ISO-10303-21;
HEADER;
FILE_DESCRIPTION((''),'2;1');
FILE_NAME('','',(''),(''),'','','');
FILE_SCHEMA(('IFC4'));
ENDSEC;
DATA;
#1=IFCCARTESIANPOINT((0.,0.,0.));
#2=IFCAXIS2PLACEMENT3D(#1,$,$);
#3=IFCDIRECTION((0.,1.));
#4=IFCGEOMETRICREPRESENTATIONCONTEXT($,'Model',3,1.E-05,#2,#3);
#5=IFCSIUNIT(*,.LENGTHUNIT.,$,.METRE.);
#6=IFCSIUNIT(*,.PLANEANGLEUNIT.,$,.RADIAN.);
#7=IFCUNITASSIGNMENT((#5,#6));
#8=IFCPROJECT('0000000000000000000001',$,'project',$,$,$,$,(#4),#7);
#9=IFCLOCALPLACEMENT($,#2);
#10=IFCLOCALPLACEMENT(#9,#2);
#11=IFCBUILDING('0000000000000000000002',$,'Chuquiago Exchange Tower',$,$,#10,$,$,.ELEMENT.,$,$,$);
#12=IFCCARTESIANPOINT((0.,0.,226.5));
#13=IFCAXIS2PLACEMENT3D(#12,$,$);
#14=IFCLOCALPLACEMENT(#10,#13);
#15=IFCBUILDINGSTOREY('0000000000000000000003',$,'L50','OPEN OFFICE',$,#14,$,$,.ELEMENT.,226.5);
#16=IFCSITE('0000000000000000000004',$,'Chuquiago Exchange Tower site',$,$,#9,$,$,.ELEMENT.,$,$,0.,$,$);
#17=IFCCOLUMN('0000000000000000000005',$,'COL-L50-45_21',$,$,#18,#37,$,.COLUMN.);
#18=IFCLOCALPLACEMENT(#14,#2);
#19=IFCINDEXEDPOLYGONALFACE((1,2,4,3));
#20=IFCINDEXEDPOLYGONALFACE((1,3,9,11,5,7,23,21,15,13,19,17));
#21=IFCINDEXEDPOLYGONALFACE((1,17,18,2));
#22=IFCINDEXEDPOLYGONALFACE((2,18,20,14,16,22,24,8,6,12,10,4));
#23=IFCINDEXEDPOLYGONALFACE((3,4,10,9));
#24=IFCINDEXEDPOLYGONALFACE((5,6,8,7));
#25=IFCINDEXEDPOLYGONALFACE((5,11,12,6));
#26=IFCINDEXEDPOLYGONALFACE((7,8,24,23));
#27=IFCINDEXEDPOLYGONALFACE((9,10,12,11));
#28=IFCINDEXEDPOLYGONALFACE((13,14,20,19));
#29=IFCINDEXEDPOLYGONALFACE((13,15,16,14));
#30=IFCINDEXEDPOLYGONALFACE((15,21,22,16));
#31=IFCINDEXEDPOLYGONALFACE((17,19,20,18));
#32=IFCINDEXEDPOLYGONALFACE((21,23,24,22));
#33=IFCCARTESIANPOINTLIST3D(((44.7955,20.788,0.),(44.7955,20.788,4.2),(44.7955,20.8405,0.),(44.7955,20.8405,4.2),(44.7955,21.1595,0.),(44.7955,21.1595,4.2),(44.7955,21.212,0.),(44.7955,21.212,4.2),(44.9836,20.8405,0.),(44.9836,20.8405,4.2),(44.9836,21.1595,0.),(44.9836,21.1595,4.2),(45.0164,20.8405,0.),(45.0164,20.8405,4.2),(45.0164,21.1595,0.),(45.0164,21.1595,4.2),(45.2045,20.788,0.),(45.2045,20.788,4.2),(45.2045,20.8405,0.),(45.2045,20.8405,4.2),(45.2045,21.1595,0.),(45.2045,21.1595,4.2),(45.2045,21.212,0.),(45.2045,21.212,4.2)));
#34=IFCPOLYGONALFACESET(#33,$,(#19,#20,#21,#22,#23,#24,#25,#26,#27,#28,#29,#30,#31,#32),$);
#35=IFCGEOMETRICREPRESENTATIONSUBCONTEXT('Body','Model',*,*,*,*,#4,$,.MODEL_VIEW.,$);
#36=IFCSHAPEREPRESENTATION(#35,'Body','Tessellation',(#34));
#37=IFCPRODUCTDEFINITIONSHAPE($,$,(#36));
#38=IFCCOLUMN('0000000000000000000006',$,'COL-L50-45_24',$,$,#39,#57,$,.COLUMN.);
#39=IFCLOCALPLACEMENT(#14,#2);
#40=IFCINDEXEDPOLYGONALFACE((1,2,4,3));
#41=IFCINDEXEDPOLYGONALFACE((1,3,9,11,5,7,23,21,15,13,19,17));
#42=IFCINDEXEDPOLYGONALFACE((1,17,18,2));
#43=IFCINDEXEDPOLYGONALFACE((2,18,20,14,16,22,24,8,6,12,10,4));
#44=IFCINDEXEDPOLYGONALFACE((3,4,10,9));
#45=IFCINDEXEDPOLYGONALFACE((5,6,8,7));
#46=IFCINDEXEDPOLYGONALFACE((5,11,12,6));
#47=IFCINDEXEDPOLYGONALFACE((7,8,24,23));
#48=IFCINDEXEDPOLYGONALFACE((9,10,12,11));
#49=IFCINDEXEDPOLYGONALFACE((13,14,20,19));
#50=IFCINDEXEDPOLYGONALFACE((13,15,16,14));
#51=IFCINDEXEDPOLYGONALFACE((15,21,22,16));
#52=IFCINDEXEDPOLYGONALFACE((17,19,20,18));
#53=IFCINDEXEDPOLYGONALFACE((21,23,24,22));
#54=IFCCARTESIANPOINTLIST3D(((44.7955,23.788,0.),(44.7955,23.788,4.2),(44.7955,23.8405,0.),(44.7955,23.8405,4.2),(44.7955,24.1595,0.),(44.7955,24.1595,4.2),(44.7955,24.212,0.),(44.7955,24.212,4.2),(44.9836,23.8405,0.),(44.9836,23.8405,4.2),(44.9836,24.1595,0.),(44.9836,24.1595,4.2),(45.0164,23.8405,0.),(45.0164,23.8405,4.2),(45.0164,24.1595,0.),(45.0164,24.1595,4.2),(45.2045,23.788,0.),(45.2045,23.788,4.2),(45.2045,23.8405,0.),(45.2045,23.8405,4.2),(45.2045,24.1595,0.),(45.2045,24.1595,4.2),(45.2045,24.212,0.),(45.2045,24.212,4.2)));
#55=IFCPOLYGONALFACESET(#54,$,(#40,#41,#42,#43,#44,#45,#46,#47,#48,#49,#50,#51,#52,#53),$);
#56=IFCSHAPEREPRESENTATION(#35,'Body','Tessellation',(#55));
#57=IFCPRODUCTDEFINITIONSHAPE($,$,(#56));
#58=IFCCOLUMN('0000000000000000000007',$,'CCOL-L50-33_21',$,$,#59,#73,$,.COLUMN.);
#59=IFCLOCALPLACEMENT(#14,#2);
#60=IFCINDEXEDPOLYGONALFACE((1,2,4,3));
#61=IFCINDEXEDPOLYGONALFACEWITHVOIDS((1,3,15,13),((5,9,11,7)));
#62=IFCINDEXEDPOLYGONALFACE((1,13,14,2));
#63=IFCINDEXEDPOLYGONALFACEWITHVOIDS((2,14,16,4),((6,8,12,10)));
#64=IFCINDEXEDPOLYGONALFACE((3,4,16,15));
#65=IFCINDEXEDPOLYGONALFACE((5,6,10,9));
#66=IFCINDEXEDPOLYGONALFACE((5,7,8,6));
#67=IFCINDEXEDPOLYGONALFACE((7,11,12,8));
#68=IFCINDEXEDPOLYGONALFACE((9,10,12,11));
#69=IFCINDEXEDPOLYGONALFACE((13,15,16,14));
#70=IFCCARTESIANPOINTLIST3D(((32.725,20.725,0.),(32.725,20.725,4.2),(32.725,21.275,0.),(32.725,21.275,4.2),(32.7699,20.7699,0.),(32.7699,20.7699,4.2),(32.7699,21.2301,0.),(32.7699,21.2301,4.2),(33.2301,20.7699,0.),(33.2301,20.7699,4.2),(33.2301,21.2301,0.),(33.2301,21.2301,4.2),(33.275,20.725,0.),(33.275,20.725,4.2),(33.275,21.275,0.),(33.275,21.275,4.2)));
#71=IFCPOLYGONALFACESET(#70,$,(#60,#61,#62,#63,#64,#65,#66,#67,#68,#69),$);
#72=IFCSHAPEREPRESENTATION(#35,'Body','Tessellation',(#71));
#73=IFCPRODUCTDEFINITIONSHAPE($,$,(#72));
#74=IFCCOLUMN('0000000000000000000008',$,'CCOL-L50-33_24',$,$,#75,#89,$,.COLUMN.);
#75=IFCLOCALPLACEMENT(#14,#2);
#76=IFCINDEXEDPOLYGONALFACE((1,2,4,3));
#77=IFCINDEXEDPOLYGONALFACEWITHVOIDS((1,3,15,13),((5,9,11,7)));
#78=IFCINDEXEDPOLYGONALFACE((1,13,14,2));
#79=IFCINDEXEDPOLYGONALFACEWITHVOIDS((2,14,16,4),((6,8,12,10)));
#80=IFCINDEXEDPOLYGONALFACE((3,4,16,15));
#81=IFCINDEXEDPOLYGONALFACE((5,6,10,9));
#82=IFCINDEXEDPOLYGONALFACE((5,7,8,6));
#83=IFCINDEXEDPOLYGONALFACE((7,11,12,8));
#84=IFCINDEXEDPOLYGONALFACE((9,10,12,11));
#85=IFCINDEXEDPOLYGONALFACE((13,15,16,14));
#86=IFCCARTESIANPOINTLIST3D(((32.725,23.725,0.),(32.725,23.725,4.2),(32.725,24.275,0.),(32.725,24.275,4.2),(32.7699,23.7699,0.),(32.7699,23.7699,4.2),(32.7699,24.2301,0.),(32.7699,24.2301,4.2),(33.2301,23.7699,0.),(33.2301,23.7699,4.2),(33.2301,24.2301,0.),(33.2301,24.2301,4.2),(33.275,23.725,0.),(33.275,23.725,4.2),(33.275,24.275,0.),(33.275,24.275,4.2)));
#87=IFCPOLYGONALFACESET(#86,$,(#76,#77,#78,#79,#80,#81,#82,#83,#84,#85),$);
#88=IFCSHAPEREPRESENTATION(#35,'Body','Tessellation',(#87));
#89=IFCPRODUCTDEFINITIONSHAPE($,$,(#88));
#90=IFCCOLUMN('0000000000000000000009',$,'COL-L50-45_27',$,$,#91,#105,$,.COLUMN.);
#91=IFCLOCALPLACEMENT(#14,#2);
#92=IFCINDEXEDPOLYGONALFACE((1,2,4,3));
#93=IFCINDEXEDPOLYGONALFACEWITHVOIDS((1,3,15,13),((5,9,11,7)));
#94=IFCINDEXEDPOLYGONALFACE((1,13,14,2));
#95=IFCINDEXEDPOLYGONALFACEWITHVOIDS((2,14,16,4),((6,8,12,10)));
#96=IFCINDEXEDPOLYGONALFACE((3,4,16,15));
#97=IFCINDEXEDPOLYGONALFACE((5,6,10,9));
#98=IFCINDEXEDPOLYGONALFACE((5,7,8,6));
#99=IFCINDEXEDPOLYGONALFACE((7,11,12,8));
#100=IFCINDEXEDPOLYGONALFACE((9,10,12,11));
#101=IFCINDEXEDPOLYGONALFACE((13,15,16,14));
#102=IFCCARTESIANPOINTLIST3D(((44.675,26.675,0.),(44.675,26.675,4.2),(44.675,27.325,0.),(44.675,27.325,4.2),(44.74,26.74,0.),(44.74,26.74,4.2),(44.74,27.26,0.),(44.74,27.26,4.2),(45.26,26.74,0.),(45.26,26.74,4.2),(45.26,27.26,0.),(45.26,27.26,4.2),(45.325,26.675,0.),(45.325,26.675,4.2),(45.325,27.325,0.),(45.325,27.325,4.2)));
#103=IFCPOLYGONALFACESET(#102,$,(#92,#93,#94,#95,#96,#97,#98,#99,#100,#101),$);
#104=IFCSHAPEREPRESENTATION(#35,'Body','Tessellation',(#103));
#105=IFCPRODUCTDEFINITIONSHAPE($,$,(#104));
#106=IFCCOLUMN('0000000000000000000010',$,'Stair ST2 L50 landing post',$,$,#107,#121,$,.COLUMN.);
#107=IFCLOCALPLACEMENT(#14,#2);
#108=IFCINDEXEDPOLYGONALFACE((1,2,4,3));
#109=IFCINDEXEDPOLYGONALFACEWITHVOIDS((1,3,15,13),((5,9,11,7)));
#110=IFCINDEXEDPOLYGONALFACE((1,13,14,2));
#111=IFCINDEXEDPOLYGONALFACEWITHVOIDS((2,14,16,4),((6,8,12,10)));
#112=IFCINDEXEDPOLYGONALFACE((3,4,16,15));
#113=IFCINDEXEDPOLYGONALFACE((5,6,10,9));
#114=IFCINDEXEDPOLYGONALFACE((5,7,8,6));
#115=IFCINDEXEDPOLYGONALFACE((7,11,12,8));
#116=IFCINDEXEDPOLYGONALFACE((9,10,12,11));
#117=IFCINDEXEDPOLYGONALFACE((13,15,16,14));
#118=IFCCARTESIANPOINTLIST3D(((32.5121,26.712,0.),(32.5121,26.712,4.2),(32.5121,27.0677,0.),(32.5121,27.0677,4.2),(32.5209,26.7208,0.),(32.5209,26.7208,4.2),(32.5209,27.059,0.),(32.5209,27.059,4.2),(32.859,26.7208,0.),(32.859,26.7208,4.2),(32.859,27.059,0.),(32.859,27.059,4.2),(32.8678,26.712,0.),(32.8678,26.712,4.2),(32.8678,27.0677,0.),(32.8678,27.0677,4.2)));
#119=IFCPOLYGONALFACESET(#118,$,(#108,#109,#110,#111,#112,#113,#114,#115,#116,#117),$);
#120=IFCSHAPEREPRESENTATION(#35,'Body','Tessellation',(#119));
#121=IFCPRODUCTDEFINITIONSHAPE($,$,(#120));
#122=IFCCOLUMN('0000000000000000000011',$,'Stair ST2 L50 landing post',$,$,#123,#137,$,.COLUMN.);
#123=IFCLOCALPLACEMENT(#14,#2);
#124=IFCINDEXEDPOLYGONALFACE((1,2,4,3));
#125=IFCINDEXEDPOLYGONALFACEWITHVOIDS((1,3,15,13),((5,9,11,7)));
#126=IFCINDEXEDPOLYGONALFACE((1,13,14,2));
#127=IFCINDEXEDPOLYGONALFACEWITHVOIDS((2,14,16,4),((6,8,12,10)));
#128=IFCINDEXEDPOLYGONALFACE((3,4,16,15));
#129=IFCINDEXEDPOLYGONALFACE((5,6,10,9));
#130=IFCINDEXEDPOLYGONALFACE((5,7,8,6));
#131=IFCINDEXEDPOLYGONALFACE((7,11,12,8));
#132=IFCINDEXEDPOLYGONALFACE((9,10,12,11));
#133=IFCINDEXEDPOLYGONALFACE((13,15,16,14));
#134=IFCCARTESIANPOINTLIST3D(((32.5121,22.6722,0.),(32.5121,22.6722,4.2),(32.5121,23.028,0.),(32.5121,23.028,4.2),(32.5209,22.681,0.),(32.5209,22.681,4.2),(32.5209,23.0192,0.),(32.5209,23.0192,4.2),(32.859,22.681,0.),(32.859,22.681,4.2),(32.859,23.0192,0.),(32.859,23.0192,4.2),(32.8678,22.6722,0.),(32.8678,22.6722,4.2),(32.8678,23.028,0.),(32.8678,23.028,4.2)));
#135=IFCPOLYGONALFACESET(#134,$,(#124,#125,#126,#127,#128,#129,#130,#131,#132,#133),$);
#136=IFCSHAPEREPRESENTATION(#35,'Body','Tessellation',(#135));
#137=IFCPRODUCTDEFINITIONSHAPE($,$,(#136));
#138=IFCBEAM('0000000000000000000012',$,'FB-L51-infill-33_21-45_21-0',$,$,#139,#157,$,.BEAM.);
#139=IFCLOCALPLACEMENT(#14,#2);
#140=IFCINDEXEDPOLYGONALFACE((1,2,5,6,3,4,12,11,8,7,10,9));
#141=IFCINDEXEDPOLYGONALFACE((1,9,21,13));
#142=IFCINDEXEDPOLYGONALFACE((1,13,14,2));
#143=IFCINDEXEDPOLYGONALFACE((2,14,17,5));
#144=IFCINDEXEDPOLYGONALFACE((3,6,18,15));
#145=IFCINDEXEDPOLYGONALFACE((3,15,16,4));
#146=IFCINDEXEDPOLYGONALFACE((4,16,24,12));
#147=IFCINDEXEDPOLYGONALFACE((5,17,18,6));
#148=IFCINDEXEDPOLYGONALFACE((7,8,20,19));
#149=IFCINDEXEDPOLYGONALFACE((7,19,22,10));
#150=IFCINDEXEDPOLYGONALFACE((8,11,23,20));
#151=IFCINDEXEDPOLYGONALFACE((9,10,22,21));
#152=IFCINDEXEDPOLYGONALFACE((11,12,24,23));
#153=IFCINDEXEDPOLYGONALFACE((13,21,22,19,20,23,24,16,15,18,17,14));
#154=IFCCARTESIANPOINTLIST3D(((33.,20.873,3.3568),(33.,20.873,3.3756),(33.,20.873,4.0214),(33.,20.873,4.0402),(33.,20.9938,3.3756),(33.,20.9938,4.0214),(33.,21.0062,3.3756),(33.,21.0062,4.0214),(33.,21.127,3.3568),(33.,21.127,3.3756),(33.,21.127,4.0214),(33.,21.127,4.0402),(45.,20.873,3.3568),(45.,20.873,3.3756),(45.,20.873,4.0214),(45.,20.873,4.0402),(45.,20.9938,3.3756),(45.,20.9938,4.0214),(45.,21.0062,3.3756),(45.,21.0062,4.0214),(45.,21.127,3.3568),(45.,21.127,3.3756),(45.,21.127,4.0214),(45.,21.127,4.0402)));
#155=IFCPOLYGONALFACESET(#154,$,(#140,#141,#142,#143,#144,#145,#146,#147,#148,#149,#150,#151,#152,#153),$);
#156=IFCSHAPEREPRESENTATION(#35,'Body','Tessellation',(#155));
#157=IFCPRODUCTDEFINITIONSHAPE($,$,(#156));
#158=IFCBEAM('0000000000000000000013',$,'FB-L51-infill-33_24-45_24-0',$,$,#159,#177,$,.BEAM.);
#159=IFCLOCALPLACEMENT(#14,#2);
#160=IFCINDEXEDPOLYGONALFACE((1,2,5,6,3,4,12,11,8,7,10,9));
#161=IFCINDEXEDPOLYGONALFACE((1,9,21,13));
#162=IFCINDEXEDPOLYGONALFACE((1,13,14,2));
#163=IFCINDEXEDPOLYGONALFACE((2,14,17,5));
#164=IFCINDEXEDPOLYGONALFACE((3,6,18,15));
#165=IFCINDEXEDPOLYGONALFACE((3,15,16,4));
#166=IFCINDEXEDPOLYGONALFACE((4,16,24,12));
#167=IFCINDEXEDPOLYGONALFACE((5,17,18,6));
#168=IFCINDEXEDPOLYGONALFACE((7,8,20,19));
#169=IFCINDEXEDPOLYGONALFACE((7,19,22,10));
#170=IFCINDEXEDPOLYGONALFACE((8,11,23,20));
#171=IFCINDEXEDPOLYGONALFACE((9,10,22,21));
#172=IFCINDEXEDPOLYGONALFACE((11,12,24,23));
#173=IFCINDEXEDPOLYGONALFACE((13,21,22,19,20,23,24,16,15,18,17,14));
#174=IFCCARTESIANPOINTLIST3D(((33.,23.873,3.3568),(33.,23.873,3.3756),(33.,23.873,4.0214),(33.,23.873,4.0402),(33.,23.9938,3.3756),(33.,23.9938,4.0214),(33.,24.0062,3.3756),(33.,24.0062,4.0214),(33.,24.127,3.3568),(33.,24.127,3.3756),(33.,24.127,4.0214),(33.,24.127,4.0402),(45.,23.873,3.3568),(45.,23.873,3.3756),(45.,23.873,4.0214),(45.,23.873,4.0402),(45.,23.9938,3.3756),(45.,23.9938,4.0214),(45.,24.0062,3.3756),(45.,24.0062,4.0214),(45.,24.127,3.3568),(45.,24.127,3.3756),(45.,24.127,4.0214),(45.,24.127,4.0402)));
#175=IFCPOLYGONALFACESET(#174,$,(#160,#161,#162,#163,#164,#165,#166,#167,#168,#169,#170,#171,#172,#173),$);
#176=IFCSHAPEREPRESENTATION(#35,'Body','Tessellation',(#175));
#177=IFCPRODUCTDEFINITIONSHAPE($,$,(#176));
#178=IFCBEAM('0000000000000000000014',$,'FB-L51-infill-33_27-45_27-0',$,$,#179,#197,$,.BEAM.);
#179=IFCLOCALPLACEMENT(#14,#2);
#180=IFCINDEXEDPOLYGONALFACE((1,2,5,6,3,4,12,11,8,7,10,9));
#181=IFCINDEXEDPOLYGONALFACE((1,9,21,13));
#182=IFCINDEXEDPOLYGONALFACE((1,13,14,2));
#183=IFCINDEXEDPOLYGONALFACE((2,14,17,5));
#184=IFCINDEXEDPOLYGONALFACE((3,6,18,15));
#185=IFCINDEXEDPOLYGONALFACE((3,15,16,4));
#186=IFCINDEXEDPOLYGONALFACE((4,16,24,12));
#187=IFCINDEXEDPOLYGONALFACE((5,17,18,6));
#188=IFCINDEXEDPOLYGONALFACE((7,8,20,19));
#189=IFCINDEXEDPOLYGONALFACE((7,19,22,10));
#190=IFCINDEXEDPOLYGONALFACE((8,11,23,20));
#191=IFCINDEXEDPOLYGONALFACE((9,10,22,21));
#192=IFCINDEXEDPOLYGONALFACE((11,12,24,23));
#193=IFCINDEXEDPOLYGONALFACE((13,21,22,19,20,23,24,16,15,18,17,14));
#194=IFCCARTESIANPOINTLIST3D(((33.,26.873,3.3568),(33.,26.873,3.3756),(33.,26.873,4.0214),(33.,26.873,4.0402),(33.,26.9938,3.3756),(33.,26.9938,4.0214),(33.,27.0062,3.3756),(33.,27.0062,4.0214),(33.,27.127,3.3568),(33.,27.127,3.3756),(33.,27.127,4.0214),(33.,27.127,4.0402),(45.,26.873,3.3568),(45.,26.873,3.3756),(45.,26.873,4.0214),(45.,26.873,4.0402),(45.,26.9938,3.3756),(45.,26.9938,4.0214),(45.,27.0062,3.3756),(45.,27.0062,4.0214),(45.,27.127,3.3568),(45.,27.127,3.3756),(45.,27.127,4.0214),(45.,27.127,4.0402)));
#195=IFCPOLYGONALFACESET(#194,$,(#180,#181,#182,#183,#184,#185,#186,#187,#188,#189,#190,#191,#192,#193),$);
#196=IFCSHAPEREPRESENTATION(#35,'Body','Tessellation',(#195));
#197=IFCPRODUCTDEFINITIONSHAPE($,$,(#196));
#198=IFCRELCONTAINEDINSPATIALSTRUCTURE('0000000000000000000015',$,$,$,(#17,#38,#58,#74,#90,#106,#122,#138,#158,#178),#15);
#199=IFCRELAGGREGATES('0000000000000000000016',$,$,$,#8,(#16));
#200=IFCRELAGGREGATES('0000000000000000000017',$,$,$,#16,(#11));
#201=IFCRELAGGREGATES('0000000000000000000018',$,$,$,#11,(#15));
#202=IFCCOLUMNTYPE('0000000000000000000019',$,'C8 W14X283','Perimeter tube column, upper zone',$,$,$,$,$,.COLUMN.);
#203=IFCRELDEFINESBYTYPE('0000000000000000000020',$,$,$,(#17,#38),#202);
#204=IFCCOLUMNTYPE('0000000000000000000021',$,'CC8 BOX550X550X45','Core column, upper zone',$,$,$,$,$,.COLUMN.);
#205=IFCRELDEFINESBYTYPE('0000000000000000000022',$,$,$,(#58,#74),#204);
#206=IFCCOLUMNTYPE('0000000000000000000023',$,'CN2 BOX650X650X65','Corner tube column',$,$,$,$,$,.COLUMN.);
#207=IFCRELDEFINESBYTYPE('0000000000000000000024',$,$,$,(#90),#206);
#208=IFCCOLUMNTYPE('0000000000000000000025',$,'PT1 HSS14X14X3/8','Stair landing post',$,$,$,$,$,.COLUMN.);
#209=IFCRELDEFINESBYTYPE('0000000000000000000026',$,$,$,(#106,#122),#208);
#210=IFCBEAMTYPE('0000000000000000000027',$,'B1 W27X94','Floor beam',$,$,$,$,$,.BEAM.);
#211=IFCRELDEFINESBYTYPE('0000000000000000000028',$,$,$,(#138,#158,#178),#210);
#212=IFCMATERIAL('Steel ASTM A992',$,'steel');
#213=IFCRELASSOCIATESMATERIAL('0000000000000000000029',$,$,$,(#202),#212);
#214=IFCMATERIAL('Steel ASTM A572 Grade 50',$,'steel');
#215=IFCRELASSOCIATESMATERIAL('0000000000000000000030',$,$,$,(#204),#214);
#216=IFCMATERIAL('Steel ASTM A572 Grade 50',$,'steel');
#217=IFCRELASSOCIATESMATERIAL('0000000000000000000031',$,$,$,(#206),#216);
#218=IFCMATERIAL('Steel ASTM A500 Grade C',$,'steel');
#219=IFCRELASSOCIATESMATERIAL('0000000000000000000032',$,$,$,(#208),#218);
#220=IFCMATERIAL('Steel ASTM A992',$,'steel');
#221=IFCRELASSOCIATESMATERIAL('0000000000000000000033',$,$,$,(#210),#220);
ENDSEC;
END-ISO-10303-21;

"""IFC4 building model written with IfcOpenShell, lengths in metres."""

from ifc_helpers import new_model, si_unit, direction, frame, origin, origin_2d, place, context, subcontext, project, spatial, hollow_rectangle, i_section, extrude, material, material_profile, profile_set, type_object, element, save


model = new_model("IFC4")

# Units and contexts
model_context = context("Model", 3, precision=1e-05, world=origin(), true_north=direction((0.0, 1.0)))
body_context = subcontext(model_context, "Body", "Model", "MODEL_VIEW")
ifc_project = project(units=[si_unit("LENGTHUNIT", "METRE"), si_unit("PLANEANGLEUNIT", "RADIAN")], contexts=[model_context])

# Site, building, storey
site_placement = place(None, origin())
site = spatial("IfcSite", under=ifc_project, at=site_placement, Name="Chuquiago Exchange Tower site", CompositionType="ELEMENT", RefElevation=0.0)
building_placement = place(site_placement, origin())
building = spatial("IfcBuilding", under=site, at=building_placement, Name="Chuquiago Exchange Tower", CompositionType="ELEMENT")
storey_placement = place(building_placement, frame((0.0, 0.0, 226.5)))
storey = spatial("IfcBuildingStorey", under=building, at=storey_placement, Name="L50", Description="OPEN OFFICE", CompositionType="ELEMENT", Elevation=226.5)

# Columns
ifc_material_1 = material(Name="Steel ASTM A992", Category="steel")
ifc_material_profile_1 = material_profile(ifc_material_1, i_section(OverallWidth=0.4089, OverallDepth=0.4241, WebThickness=0.0327, FlangeThickness=0.0525, at=origin_2d()), Name="W14X283")
ifc_profile_set_1 = profile_set([ifc_material_profile_1], Name="Steel ASTM A992")
column_type_1 = type_object("IfcColumnType", Name="C8 W14X283", Description="Perimeter tube column, upper zone", PredefinedType="COLUMN", material=ifc_profile_set_1)
for number, where, z_axis, x_axis, name in (
    (1, (45.0, 21.0, 0.0), (0.0, 0.0, 1.0), (1.0, 0.0, 0.0), "COL-L50-45_21"),
    (2, (45.0, 24.0, 0.0), (0.0, 0.0, 1.0), (1.0, 0.0, 0.0), "COL-L50-45_24"),
):
    element("IfcColumn", number, at=place(storey_placement, frame(where, z_axis=z_axis, x_axis=x_axis)), inside=storey, type_object=column_type_1, Name=name, PredefinedType="COLUMN", context=body_context, shape_type="SweptSolid", body=[
        extrude(i_section(OverallWidth=0.4089, OverallDepth=0.4241, WebThickness=0.0327, FlangeThickness=0.0525, at=origin_2d()), origin(), (0.0, 0.0, 1.0), 4.2),
    ])
ifc_material_2 = material(Name="Steel ASTM A572 Grade 50", Category="steel")
ifc_material_profile_2 = material_profile(ifc_material_2, hollow_rectangle(XDim=0.55, YDim=0.55, WallThickness=0.0449, at=origin_2d()), Name="BOX550X550X45")
ifc_profile_set_2 = profile_set([ifc_material_profile_2], Name="Steel ASTM A572 Grade 50")
column_type_2 = type_object("IfcColumnType", Name="CC8 BOX550X550X45", Description="Core column, upper zone", PredefinedType="COLUMN", material=ifc_profile_set_2)
for number, where, z_axis, x_axis, name in (
    (3, (33.0, 21.0, 0.0), (0.0, 0.0, 1.0), (1.0, 0.0, 0.0), "CCOL-L50-33_21"),
    (4, (33.0, 24.0, 0.0), (0.0, 0.0, 1.0), (1.0, 0.0, 0.0), "CCOL-L50-33_24"),
):
    element("IfcColumn", number, at=place(storey_placement, frame(where, z_axis=z_axis, x_axis=x_axis)), inside=storey, type_object=column_type_2, Name=name, PredefinedType="COLUMN", context=body_context, shape_type="SweptSolid", body=[
        extrude(hollow_rectangle(XDim=0.55, YDim=0.55, WallThickness=0.0449, at=origin_2d()), origin(), (0.0, 0.0, 1.0), 4.2),
    ])
ifc_material_3 = material(Name="Steel ASTM A572 Grade 50", Category="steel")
ifc_material_profile_3 = material_profile(ifc_material_3, hollow_rectangle(XDim=0.6499, YDim=0.6499, WallThickness=0.0649, at=origin_2d()), Name="BOX650X650X65")
ifc_profile_set_3 = profile_set([ifc_material_profile_3], Name="Steel ASTM A572 Grade 50")
column_type_3 = type_object("IfcColumnType", Name="CN2 BOX650X650X65", Description="Corner tube column", PredefinedType="COLUMN", material=ifc_profile_set_3)
column_placement = place(storey_placement, frame((45.0, 27.0, 0.0), z_axis=(0.0, 0.0, 1.0), x_axis=(1.0, 0.0, 0.0)))
element("IfcColumn", 5, at=column_placement, inside=storey, type_object=column_type_3, Name="COL-L50-45_27", PredefinedType="COLUMN", context=body_context, shape_type="SweptSolid", body=[
    extrude(hollow_rectangle(XDim=0.6499, YDim=0.6499, WallThickness=0.0649, at=origin_2d()), origin(), (0.0, 0.0, 1.0), 4.2),
])
ifc_material_4 = material(Name="Steel ASTM A500 Grade C", Category="steel")
ifc_material_profile_4 = material_profile(ifc_material_4, hollow_rectangle(XDim=0.3557, YDim=0.3557, WallThickness=0.0088, at=origin_2d()), Name="HSS14X14X3/8")
ifc_profile_set_4 = profile_set([ifc_material_profile_4], Name="Steel ASTM A500 Grade C")
column_type_4 = type_object("IfcColumnType", Name="PT1 HSS14X14X3/8", Description="Stair landing post", PredefinedType="COLUMN", material=ifc_profile_set_4)
for number, where, z_axis, x_axis, name in (
    (6, (32.6899, 26.8899, 0.0), (0.0, 0.0, 1.0), (1.0, 0.0, 0.0), "Stair ST2 L50 landing post"),
    (7, (32.6899, 22.8501, 0.0), (0.0, 0.0, 1.0), (1.0, 0.0, 0.0), "Stair ST2 L50 landing post"),
):
    element("IfcColumn", number, at=place(storey_placement, frame(where, z_axis=z_axis, x_axis=x_axis)), inside=storey, type_object=column_type_4, Name=name, PredefinedType="COLUMN", context=body_context, shape_type="SweptSolid", body=[
        extrude(hollow_rectangle(XDim=0.3557, YDim=0.3557, WallThickness=0.0088, at=origin_2d()), origin(), (0.0, 0.0, 1.0), 4.2),
    ])

# Beams
ifc_material_5 = material(Name="Steel ASTM A992", Category="steel")
ifc_material_profile_5 = material_profile(ifc_material_5, i_section(OverallWidth=0.2539, OverallDepth=0.6833, WebThickness=0.0125, FlangeThickness=0.0188, at=origin_2d()), Name="W27X94")
ifc_profile_set_5 = profile_set([ifc_material_profile_5], Name="Steel ASTM A992")
beam_type_1 = type_object("IfcBeamType", Name="B1 W27X94", Description="Floor beam", PredefinedType="BEAM", material=ifc_profile_set_5)
for number, where, z_axis, x_axis, name in (
    (8, (33.0, 21.0, 3.6985), (1.0, 0.0, 0.0), (0.0, 1.0, 0.0), "FB-L51-infill-33_21-45_21-0"),
    (9, (33.0, 24.0, 3.6985), (1.0, 0.0, 0.0), (0.0, 1.0, 0.0), "FB-L51-infill-33_24-45_24-0"),
    (10, (33.0, 27.0, 3.6985), (1.0, 0.0, 0.0), (0.0, 1.0, 0.0), "FB-L51-infill-33_27-45_27-0"),
):
    element("IfcBeam", number, at=place(storey_placement, frame(where, z_axis=z_axis, x_axis=x_axis)), inside=storey, type_object=beam_type_1, Name=name, PredefinedType="BEAM", context=body_context, shape_type="SweptSolid", body=[
        extrude(i_section(OverallWidth=0.2539, OverallDepth=0.6833, WebThickness=0.0125, FlangeThickness=0.0188, at=origin_2d()), origin(), (0.0, 0.0, 1.0), 12.0),
    ])

save(model, "model.ifc")
